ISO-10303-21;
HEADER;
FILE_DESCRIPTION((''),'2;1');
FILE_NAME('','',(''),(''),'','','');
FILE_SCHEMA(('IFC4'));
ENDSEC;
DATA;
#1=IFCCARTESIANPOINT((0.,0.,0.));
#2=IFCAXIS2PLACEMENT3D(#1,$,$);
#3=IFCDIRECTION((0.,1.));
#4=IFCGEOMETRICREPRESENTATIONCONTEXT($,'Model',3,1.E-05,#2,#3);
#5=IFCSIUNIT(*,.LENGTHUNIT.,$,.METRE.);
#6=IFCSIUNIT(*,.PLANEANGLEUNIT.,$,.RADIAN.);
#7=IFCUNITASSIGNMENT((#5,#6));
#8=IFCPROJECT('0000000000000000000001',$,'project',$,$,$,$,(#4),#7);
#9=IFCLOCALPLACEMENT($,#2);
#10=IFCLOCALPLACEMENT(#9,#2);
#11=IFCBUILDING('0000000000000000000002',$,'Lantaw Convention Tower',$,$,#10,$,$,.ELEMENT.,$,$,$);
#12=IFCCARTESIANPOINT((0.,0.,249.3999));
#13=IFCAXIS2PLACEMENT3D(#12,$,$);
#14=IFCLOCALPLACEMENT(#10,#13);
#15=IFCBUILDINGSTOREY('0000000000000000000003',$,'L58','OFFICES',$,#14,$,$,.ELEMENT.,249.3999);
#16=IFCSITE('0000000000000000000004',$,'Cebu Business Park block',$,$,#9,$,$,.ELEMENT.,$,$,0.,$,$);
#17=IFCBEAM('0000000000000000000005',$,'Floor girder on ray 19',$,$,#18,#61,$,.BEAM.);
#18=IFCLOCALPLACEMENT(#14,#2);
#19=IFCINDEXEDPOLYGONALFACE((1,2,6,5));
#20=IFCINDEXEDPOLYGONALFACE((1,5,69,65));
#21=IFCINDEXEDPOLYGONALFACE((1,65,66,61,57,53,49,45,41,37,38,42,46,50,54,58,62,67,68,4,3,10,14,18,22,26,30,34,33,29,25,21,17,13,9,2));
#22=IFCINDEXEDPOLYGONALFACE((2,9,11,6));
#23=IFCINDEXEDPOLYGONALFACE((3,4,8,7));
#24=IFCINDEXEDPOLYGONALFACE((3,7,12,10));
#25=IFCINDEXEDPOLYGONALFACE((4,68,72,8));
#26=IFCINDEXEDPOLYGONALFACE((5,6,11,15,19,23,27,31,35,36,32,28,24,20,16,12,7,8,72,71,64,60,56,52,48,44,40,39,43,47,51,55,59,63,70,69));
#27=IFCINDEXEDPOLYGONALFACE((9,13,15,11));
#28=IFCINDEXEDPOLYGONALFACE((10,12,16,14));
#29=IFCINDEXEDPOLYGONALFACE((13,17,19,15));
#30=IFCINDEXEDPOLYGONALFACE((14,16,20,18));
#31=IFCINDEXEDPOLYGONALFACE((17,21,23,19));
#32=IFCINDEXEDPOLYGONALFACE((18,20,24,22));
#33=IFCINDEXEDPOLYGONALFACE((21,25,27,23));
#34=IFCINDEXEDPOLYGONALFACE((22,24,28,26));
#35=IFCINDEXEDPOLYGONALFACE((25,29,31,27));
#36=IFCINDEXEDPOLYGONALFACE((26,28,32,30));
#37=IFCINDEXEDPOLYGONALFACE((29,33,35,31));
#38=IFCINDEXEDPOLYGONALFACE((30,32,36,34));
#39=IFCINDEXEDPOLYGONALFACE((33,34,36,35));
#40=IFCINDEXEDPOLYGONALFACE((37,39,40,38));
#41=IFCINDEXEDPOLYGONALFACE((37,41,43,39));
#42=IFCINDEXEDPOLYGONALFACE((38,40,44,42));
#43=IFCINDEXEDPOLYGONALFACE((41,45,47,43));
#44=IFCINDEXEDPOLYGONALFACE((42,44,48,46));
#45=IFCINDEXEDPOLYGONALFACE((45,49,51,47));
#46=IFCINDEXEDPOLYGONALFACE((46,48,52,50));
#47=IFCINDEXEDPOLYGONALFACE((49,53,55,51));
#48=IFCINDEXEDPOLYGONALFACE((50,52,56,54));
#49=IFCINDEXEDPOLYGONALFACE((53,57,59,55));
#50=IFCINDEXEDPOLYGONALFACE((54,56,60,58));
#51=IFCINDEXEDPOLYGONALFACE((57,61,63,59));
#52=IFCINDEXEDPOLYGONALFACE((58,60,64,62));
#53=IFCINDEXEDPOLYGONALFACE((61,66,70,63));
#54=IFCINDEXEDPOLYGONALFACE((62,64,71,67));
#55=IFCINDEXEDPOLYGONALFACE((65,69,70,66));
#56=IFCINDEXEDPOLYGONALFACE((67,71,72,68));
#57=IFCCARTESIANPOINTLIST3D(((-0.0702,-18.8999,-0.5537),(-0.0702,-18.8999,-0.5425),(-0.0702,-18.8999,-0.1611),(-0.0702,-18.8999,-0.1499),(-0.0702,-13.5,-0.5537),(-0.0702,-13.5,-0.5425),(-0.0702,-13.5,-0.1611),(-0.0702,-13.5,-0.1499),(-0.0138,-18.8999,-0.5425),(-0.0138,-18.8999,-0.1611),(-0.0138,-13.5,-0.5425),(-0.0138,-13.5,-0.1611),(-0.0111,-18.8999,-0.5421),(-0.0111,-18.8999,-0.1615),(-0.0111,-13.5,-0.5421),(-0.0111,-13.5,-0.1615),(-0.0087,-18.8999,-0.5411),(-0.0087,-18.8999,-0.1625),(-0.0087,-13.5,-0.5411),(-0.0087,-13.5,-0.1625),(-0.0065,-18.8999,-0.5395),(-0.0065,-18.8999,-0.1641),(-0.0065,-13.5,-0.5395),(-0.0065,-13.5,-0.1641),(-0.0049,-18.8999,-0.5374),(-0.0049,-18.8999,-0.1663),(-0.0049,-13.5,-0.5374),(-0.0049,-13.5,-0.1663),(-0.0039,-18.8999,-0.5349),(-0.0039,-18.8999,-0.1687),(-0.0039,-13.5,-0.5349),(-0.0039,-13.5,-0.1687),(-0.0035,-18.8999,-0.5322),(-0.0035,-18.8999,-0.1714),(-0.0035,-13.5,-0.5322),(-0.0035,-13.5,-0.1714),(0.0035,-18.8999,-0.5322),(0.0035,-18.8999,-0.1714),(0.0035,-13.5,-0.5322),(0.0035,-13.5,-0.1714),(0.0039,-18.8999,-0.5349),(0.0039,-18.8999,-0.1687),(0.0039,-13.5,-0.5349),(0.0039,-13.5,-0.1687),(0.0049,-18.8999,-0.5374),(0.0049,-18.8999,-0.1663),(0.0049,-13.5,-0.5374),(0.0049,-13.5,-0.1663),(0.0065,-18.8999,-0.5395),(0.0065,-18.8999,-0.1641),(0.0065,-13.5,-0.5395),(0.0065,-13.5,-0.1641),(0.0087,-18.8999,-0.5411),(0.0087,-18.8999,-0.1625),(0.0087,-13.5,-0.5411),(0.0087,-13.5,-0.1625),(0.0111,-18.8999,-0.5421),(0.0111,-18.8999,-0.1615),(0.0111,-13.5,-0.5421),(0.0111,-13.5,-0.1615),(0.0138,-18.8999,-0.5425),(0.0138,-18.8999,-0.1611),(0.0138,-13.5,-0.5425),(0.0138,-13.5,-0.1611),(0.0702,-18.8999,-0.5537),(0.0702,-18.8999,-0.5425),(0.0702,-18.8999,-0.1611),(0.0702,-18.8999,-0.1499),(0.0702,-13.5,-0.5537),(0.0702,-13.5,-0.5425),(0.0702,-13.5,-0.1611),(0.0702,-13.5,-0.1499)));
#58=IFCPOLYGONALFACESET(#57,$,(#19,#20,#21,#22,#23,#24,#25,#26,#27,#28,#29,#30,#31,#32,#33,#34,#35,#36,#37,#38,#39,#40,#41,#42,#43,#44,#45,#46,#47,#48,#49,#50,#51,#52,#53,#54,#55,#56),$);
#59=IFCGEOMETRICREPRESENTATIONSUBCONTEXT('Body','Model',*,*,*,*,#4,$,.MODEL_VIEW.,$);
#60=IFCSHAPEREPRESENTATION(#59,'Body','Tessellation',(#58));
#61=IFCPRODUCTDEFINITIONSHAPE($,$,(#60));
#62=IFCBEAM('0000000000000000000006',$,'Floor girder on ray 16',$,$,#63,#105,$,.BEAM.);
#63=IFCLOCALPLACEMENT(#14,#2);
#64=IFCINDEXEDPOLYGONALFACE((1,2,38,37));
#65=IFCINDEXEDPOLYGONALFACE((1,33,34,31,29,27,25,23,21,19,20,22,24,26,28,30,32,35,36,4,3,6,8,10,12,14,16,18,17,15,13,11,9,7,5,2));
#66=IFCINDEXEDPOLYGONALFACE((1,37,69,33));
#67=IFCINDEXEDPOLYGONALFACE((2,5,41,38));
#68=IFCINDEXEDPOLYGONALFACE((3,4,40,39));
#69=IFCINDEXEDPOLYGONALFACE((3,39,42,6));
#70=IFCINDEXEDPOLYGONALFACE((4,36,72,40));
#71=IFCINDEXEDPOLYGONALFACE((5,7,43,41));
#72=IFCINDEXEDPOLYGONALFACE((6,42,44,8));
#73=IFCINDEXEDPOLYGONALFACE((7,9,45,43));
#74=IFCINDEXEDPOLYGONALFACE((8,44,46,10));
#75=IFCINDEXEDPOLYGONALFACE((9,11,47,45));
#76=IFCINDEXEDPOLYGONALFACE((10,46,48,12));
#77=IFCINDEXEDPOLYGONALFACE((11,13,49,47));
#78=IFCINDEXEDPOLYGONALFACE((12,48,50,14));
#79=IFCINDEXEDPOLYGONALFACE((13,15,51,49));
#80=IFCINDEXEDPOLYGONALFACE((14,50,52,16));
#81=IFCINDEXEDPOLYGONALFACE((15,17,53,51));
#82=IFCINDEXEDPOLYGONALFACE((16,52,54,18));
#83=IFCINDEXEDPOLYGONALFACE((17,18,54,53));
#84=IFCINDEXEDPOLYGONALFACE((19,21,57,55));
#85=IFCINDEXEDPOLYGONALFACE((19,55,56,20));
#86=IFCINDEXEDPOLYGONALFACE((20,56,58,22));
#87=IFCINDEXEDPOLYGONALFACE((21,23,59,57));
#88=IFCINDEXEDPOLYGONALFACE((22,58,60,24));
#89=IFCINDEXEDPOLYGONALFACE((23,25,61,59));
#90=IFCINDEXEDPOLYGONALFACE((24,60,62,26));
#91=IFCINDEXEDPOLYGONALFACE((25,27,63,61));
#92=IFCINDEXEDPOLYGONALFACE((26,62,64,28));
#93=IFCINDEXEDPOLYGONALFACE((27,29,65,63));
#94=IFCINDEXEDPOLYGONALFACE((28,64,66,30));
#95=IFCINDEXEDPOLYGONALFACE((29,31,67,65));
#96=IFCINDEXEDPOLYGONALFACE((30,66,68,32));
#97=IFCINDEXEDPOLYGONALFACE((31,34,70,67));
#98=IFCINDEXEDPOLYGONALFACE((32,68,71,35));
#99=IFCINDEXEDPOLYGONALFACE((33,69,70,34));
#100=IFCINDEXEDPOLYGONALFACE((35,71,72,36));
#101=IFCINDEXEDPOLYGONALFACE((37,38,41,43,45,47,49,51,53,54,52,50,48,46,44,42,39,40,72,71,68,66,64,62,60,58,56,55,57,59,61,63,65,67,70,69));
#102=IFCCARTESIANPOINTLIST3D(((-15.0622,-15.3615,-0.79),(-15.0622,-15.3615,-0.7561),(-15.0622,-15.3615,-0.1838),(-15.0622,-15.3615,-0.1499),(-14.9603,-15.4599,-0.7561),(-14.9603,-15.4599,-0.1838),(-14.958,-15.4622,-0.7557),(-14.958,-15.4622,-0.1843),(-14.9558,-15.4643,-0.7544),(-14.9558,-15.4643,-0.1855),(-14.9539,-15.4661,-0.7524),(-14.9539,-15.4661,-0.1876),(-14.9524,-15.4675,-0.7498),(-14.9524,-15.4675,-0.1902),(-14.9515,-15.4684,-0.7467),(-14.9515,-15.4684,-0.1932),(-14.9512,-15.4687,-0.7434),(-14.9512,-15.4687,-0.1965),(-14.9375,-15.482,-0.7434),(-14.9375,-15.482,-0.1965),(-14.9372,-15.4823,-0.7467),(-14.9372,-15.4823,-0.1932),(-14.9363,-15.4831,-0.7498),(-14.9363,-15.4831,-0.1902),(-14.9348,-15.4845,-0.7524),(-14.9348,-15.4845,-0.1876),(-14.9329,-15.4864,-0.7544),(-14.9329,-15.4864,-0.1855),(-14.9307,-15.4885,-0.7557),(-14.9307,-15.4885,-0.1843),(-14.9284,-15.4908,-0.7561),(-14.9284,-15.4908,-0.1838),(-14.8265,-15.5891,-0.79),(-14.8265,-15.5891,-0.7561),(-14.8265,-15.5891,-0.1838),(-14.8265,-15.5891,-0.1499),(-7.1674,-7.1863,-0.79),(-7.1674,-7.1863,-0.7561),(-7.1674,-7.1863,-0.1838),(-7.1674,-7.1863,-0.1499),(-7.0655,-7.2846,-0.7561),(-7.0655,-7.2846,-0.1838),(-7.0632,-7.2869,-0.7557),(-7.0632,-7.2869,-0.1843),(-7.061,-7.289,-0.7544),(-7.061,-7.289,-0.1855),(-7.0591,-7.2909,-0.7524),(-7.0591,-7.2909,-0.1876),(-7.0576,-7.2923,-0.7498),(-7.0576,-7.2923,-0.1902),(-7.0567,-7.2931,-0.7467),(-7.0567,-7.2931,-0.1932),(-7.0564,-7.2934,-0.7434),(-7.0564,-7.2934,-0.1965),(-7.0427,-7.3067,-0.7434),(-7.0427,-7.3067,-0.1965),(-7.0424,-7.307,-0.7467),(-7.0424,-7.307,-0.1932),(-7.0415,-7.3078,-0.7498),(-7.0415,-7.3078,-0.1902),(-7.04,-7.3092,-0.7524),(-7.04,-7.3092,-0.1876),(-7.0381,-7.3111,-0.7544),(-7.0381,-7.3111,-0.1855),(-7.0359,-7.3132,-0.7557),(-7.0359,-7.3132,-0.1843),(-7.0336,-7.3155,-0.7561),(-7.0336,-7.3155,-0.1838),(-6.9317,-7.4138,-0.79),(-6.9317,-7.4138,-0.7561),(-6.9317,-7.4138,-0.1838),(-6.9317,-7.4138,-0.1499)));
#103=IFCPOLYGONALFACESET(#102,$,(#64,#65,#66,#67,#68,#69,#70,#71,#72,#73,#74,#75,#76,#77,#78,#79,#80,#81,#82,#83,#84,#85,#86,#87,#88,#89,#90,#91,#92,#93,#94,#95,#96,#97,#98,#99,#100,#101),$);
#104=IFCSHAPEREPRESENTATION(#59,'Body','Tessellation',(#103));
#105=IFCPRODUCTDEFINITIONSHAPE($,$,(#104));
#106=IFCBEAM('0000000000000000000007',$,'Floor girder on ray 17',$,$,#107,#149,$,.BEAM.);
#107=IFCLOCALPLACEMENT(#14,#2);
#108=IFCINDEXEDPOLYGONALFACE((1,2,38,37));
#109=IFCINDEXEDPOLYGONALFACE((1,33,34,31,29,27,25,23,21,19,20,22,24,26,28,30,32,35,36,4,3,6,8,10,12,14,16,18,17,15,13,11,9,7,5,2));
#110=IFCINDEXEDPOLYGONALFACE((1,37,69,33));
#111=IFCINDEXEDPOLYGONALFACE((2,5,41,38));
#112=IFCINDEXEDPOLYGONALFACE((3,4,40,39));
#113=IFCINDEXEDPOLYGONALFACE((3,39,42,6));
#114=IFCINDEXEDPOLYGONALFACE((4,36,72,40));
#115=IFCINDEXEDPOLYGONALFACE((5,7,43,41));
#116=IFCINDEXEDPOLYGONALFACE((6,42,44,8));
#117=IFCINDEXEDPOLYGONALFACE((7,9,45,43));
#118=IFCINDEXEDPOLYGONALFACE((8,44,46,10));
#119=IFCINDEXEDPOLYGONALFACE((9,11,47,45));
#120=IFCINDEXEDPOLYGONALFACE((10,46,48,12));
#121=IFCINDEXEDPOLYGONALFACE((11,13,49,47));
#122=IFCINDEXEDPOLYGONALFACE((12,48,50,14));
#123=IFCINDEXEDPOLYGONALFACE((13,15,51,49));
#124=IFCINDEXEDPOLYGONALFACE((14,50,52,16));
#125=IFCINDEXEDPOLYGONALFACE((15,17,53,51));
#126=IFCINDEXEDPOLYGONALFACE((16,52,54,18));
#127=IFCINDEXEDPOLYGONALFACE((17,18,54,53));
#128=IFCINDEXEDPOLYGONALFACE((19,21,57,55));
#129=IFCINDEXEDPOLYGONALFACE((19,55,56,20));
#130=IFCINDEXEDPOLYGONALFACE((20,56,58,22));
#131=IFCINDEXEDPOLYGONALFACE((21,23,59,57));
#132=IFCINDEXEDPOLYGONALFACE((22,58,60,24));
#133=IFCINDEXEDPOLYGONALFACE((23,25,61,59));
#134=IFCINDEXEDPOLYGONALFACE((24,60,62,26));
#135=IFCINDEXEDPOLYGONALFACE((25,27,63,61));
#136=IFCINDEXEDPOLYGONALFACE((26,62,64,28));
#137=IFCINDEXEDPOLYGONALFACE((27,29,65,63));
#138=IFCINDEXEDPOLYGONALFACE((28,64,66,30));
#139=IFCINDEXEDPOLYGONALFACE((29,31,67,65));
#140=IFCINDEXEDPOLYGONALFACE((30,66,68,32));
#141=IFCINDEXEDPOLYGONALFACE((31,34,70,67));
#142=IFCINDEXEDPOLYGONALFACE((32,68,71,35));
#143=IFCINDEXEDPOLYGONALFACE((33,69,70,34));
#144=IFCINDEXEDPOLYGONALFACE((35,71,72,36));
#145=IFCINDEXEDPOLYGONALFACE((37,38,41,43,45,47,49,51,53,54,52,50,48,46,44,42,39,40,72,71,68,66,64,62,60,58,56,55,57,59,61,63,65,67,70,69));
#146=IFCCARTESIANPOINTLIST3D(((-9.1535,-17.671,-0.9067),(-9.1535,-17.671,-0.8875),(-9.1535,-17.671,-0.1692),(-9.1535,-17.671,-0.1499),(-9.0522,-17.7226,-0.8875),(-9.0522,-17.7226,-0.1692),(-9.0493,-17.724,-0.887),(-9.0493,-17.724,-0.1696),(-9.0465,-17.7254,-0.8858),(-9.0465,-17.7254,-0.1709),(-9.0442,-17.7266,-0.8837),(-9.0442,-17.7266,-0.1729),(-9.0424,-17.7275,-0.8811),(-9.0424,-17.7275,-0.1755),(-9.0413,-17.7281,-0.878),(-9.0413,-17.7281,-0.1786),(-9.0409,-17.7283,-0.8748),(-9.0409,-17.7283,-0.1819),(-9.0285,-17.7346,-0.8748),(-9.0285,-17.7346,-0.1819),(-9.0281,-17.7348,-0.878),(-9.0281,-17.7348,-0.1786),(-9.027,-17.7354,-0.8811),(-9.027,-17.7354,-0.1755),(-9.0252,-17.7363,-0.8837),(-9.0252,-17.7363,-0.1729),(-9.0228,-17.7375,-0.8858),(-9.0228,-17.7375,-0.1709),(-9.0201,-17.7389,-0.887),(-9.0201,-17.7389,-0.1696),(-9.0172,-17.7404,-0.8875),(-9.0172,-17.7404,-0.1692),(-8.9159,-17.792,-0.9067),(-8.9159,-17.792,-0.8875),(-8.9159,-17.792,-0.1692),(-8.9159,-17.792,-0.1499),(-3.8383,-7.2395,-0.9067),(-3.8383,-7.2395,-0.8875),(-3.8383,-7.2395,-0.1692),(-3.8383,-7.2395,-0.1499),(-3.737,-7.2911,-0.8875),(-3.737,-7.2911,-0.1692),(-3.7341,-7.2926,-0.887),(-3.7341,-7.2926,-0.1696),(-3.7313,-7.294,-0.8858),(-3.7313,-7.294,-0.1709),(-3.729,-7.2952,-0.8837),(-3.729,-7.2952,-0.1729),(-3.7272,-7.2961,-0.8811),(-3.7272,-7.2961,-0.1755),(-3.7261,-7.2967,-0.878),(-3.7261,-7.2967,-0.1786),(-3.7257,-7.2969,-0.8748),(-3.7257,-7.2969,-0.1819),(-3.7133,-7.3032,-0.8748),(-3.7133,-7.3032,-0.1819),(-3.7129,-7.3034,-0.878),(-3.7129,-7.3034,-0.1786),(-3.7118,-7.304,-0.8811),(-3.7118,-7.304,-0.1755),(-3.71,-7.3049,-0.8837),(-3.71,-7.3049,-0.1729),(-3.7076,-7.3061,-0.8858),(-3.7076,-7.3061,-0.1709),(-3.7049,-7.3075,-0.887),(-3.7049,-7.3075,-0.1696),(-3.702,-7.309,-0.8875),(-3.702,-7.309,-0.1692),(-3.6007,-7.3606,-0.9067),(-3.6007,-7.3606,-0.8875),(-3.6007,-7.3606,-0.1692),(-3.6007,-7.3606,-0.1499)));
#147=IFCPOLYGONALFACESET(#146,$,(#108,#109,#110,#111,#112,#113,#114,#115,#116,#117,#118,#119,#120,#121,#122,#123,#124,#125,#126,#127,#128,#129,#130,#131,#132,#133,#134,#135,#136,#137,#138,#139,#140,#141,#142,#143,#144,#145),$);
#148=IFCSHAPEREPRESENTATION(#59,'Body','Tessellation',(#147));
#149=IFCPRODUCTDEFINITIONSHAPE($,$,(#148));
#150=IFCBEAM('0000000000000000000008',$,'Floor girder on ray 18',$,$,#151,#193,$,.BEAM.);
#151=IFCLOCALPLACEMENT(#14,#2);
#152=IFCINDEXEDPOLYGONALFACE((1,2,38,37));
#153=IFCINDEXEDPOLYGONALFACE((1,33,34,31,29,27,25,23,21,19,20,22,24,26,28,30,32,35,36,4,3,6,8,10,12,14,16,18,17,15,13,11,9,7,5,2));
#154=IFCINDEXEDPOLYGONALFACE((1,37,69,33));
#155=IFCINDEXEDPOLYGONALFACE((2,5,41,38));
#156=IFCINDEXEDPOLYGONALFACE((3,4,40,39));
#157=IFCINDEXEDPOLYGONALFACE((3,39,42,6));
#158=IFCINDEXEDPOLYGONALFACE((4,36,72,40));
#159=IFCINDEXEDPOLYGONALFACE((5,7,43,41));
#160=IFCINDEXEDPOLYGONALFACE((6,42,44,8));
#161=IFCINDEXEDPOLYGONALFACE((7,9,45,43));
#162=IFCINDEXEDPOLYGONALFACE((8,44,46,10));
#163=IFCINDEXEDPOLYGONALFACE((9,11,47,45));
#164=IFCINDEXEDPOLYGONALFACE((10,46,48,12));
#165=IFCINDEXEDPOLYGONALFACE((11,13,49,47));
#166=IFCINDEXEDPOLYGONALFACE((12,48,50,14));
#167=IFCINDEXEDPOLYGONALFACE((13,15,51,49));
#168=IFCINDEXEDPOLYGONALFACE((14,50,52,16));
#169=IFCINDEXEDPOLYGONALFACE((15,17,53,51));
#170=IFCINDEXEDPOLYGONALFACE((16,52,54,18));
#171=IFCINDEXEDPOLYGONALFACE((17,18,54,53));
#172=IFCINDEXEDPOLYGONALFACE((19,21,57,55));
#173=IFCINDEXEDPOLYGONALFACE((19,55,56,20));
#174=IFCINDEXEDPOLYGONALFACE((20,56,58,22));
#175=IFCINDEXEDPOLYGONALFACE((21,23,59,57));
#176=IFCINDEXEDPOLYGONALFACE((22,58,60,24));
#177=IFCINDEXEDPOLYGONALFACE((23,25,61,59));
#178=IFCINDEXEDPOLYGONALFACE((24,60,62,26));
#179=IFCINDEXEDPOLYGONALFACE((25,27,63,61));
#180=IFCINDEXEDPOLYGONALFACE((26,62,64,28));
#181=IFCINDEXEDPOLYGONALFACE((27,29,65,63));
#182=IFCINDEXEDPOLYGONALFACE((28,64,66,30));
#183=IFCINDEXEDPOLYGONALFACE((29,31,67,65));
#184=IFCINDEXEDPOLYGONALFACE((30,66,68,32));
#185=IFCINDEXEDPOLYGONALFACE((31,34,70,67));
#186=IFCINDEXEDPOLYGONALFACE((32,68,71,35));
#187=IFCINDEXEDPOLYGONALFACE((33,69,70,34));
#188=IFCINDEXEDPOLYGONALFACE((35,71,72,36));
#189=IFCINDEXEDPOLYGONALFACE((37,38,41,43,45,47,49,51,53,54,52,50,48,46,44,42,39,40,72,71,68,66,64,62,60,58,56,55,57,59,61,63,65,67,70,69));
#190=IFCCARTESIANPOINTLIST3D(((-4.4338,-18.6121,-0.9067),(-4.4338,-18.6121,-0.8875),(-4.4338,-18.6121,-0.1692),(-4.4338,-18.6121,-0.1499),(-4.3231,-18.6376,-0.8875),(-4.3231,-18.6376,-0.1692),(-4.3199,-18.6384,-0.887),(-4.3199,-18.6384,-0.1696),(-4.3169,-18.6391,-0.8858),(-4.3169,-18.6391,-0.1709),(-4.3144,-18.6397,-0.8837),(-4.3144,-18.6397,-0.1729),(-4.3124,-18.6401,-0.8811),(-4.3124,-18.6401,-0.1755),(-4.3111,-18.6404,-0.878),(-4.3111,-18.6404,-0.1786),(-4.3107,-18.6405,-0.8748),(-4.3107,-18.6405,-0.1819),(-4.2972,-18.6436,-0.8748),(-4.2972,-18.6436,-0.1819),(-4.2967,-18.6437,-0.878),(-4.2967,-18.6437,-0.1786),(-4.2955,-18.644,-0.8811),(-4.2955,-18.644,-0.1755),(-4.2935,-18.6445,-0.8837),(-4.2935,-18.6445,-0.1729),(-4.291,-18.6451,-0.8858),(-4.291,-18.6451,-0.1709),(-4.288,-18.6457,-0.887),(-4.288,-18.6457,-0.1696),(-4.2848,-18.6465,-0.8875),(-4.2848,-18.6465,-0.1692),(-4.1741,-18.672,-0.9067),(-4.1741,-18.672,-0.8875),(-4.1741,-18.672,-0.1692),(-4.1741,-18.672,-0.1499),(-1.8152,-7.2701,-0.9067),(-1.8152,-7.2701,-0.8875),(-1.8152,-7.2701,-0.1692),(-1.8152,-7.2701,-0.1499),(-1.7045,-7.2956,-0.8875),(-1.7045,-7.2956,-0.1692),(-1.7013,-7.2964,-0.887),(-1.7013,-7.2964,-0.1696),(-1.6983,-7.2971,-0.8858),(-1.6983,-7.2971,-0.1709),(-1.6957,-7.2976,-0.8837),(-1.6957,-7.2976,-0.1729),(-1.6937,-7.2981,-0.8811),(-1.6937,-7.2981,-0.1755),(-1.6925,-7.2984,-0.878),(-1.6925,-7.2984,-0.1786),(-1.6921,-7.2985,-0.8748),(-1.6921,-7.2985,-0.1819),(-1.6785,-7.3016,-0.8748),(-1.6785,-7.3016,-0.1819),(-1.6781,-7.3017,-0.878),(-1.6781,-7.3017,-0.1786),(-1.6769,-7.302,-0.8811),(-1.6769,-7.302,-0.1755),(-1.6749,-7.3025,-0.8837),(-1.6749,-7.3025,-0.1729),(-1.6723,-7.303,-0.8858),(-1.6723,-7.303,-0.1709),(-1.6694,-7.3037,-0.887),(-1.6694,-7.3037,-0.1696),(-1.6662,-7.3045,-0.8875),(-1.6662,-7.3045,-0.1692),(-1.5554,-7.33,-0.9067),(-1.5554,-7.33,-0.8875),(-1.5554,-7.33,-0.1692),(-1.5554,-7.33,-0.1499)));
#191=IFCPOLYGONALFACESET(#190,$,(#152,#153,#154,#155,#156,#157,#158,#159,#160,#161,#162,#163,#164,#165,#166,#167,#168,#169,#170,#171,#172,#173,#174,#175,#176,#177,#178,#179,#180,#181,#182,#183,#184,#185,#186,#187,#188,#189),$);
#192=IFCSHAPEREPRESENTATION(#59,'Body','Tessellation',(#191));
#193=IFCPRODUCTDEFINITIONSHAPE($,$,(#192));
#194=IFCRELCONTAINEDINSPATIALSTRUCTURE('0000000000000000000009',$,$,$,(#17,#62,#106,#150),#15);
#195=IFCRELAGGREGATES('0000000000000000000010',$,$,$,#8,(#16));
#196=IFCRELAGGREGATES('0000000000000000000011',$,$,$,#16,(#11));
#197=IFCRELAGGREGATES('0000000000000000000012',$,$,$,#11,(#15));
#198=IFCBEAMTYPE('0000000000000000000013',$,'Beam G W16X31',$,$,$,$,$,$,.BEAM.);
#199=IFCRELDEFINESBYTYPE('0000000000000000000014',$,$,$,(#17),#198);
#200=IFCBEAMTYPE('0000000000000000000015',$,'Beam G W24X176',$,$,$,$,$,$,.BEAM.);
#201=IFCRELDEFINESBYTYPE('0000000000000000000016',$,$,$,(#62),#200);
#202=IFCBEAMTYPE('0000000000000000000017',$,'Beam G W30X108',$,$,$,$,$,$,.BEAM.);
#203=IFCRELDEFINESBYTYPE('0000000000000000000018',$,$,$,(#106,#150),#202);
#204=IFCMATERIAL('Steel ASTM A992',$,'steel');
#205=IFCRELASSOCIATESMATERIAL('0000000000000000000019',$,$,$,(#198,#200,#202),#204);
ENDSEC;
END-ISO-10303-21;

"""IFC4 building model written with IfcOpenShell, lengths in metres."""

from ifc_helpers import new_model, si_unit, direction, frame, origin, origin_2d, place, context, subcontext, project, spatial, i_section, extrude, material, material_profile, profile_set, type_object, element, save


model = new_model("IFC4")

# Units and contexts
model_context = context("Model", 3, precision=1e-05, world=origin(), true_north=direction((0.0, 1.0)))
body_context = subcontext(model_context, "Body", "Model", "MODEL_VIEW")
ifc_project = project(units=[si_unit("LENGTHUNIT", "METRE"), si_unit("PLANEANGLEUNIT", "RADIAN")], contexts=[model_context])

# Site, building, storey
site_placement = place(None, origin())
site = spatial("IfcSite", under=ifc_project, at=site_placement, Name="Cebu Business Park block", CompositionType="ELEMENT", RefElevation=0.0)
building_placement = place(site_placement, origin())
building = spatial("IfcBuilding", under=site, at=building_placement, Name="Lantaw Convention Tower", CompositionType="ELEMENT")
storey_placement = place(building_placement, frame((0.0, 0.0, 249.3999)))
storey = spatial("IfcBuildingStorey", under=building, at=storey_placement, Name="L58", Description="OFFICES", CompositionType="ELEMENT", Elevation=249.3999)

# Beams
ifc_material_1 = material(Name="Steel ASTM A992", Category="steel")
ifc_material_profile_1 = material_profile(ifc_material_1, i_section(OverallWidth=0.1404, OverallDepth=0.4038, WebThickness=0.0071, FlangeThickness=0.0112, FilletRadius=0.0103, at=origin_2d()), Name="W16X31")
ifc_profile_set_1 = profile_set([ifc_material_profile_1], Name="Steel ASTM A992")
beam_type_1 = type_object("IfcBeamType", Name="Beam G W16X31", PredefinedType="BEAM", material=ifc_profile_set_1)
beam_1_placement = place(storey_placement, frame((0.0, -13.5, -0.3518), z_axis=(0.0, -1.0, 0.0), x_axis=(1.0, 0.0, 0.0)))
element("IfcBeam", 1, at=beam_1_placement, inside=storey, type_object=beam_type_1, Name="Floor girder on ray 19", PredefinedType="BEAM", context=body_context, shape_type="SweptSolid", body=[
    extrude(i_section(OverallWidth=0.1404, OverallDepth=0.4038, WebThickness=0.0071, FlangeThickness=0.0112, FilletRadius=0.0103, at=origin_2d()), origin(), (0.0, 0.0, 1.0), 5.3999),
])
ifc_material_profile_2 = material_profile(ifc_material_1, i_section(OverallWidth=0.3276, OverallDepth=0.6401, WebThickness=0.019, FlangeThickness=0.0339, FilletRadius=0.0127, at=origin_2d()), Name="W24X176")
ifc_profile_set_2 = profile_set([ifc_material_profile_2], Name="Steel ASTM A992")
beam_type_2 = type_object("IfcBeamType", Name="Beam G W24X176", PredefinedType="BEAM", material=ifc_profile_set_2)
beam_2_placement = place(storey_placement, frame((-7.0496, -7.3, -0.47), z_axis=(-0.694658, -0.71934, 0.0), x_axis=(0.71934, -0.694658, 0.0)))
element("IfcBeam", 2, at=beam_2_placement, inside=storey, type_object=beam_type_2, Name="Floor girder on ray 16", PredefinedType="BEAM", context=body_context, shape_type="SweptSolid", body=[
    extrude(i_section(OverallWidth=0.3276, OverallDepth=0.6401, WebThickness=0.019, FlangeThickness=0.0339, FilletRadius=0.0127, at=origin_2d()), origin(), (0.0, 0.0, 1.0), 11.365),
])
ifc_material_profile_3 = material_profile(ifc_material_1, i_section(OverallWidth=0.2666, OverallDepth=0.7568, WebThickness=0.0139, FlangeThickness=0.0193, FilletRadius=0.0127, at=origin_2d()), Name="W30X108")
ifc_profile_set_3 = profile_set([ifc_material_profile_3], Name="Steel ASTM A992")
beam_type_3 = type_object("IfcBeamType", Name="Beam G W30X108", PredefinedType="BEAM", material=ifc_profile_set_3)
beam_3_placement = place(storey_placement, frame((-3.7195, -7.3, -0.5283), z_axis=(-0.453999, -0.891002, 0.0), x_axis=(0.891002, -0.453999, 0.0)))
element("IfcBeam", 3, at=beam_3_placement, inside=storey, type_object=beam_type_3, Name="Floor girder on ray 17", PredefinedType="BEAM", context=body_context, shape_type="SweptSolid", body=[
    extrude(i_section(OverallWidth=0.2666, OverallDepth=0.7568, WebThickness=0.0139, FlangeThickness=0.0193, FilletRadius=0.0127, at=origin_2d()), origin(), (0.0, 0.0, 1.0), 11.7075),
])
beam_4_placement = place(storey_placement, frame((-1.6853, -7.3, -0.5283), z_axis=(-0.224962, -0.974368, 0.0), x_axis=(0.974368, -0.224962, 0.0)))
element("IfcBeam", 4, at=beam_4_placement, inside=storey, type_object=beam_type_3, Name="Floor girder on ray 18", PredefinedType="BEAM", context=body_context, shape_type="SweptSolid", body=[
    extrude(i_section(OverallWidth=0.2666, OverallDepth=0.7568, WebThickness=0.0139, FlangeThickness=0.0193, FilletRadius=0.0127, at=origin_2d()), origin(), (0.0, 0.0, 1.0), 11.6404),
])

save(model, "model.ifc")
